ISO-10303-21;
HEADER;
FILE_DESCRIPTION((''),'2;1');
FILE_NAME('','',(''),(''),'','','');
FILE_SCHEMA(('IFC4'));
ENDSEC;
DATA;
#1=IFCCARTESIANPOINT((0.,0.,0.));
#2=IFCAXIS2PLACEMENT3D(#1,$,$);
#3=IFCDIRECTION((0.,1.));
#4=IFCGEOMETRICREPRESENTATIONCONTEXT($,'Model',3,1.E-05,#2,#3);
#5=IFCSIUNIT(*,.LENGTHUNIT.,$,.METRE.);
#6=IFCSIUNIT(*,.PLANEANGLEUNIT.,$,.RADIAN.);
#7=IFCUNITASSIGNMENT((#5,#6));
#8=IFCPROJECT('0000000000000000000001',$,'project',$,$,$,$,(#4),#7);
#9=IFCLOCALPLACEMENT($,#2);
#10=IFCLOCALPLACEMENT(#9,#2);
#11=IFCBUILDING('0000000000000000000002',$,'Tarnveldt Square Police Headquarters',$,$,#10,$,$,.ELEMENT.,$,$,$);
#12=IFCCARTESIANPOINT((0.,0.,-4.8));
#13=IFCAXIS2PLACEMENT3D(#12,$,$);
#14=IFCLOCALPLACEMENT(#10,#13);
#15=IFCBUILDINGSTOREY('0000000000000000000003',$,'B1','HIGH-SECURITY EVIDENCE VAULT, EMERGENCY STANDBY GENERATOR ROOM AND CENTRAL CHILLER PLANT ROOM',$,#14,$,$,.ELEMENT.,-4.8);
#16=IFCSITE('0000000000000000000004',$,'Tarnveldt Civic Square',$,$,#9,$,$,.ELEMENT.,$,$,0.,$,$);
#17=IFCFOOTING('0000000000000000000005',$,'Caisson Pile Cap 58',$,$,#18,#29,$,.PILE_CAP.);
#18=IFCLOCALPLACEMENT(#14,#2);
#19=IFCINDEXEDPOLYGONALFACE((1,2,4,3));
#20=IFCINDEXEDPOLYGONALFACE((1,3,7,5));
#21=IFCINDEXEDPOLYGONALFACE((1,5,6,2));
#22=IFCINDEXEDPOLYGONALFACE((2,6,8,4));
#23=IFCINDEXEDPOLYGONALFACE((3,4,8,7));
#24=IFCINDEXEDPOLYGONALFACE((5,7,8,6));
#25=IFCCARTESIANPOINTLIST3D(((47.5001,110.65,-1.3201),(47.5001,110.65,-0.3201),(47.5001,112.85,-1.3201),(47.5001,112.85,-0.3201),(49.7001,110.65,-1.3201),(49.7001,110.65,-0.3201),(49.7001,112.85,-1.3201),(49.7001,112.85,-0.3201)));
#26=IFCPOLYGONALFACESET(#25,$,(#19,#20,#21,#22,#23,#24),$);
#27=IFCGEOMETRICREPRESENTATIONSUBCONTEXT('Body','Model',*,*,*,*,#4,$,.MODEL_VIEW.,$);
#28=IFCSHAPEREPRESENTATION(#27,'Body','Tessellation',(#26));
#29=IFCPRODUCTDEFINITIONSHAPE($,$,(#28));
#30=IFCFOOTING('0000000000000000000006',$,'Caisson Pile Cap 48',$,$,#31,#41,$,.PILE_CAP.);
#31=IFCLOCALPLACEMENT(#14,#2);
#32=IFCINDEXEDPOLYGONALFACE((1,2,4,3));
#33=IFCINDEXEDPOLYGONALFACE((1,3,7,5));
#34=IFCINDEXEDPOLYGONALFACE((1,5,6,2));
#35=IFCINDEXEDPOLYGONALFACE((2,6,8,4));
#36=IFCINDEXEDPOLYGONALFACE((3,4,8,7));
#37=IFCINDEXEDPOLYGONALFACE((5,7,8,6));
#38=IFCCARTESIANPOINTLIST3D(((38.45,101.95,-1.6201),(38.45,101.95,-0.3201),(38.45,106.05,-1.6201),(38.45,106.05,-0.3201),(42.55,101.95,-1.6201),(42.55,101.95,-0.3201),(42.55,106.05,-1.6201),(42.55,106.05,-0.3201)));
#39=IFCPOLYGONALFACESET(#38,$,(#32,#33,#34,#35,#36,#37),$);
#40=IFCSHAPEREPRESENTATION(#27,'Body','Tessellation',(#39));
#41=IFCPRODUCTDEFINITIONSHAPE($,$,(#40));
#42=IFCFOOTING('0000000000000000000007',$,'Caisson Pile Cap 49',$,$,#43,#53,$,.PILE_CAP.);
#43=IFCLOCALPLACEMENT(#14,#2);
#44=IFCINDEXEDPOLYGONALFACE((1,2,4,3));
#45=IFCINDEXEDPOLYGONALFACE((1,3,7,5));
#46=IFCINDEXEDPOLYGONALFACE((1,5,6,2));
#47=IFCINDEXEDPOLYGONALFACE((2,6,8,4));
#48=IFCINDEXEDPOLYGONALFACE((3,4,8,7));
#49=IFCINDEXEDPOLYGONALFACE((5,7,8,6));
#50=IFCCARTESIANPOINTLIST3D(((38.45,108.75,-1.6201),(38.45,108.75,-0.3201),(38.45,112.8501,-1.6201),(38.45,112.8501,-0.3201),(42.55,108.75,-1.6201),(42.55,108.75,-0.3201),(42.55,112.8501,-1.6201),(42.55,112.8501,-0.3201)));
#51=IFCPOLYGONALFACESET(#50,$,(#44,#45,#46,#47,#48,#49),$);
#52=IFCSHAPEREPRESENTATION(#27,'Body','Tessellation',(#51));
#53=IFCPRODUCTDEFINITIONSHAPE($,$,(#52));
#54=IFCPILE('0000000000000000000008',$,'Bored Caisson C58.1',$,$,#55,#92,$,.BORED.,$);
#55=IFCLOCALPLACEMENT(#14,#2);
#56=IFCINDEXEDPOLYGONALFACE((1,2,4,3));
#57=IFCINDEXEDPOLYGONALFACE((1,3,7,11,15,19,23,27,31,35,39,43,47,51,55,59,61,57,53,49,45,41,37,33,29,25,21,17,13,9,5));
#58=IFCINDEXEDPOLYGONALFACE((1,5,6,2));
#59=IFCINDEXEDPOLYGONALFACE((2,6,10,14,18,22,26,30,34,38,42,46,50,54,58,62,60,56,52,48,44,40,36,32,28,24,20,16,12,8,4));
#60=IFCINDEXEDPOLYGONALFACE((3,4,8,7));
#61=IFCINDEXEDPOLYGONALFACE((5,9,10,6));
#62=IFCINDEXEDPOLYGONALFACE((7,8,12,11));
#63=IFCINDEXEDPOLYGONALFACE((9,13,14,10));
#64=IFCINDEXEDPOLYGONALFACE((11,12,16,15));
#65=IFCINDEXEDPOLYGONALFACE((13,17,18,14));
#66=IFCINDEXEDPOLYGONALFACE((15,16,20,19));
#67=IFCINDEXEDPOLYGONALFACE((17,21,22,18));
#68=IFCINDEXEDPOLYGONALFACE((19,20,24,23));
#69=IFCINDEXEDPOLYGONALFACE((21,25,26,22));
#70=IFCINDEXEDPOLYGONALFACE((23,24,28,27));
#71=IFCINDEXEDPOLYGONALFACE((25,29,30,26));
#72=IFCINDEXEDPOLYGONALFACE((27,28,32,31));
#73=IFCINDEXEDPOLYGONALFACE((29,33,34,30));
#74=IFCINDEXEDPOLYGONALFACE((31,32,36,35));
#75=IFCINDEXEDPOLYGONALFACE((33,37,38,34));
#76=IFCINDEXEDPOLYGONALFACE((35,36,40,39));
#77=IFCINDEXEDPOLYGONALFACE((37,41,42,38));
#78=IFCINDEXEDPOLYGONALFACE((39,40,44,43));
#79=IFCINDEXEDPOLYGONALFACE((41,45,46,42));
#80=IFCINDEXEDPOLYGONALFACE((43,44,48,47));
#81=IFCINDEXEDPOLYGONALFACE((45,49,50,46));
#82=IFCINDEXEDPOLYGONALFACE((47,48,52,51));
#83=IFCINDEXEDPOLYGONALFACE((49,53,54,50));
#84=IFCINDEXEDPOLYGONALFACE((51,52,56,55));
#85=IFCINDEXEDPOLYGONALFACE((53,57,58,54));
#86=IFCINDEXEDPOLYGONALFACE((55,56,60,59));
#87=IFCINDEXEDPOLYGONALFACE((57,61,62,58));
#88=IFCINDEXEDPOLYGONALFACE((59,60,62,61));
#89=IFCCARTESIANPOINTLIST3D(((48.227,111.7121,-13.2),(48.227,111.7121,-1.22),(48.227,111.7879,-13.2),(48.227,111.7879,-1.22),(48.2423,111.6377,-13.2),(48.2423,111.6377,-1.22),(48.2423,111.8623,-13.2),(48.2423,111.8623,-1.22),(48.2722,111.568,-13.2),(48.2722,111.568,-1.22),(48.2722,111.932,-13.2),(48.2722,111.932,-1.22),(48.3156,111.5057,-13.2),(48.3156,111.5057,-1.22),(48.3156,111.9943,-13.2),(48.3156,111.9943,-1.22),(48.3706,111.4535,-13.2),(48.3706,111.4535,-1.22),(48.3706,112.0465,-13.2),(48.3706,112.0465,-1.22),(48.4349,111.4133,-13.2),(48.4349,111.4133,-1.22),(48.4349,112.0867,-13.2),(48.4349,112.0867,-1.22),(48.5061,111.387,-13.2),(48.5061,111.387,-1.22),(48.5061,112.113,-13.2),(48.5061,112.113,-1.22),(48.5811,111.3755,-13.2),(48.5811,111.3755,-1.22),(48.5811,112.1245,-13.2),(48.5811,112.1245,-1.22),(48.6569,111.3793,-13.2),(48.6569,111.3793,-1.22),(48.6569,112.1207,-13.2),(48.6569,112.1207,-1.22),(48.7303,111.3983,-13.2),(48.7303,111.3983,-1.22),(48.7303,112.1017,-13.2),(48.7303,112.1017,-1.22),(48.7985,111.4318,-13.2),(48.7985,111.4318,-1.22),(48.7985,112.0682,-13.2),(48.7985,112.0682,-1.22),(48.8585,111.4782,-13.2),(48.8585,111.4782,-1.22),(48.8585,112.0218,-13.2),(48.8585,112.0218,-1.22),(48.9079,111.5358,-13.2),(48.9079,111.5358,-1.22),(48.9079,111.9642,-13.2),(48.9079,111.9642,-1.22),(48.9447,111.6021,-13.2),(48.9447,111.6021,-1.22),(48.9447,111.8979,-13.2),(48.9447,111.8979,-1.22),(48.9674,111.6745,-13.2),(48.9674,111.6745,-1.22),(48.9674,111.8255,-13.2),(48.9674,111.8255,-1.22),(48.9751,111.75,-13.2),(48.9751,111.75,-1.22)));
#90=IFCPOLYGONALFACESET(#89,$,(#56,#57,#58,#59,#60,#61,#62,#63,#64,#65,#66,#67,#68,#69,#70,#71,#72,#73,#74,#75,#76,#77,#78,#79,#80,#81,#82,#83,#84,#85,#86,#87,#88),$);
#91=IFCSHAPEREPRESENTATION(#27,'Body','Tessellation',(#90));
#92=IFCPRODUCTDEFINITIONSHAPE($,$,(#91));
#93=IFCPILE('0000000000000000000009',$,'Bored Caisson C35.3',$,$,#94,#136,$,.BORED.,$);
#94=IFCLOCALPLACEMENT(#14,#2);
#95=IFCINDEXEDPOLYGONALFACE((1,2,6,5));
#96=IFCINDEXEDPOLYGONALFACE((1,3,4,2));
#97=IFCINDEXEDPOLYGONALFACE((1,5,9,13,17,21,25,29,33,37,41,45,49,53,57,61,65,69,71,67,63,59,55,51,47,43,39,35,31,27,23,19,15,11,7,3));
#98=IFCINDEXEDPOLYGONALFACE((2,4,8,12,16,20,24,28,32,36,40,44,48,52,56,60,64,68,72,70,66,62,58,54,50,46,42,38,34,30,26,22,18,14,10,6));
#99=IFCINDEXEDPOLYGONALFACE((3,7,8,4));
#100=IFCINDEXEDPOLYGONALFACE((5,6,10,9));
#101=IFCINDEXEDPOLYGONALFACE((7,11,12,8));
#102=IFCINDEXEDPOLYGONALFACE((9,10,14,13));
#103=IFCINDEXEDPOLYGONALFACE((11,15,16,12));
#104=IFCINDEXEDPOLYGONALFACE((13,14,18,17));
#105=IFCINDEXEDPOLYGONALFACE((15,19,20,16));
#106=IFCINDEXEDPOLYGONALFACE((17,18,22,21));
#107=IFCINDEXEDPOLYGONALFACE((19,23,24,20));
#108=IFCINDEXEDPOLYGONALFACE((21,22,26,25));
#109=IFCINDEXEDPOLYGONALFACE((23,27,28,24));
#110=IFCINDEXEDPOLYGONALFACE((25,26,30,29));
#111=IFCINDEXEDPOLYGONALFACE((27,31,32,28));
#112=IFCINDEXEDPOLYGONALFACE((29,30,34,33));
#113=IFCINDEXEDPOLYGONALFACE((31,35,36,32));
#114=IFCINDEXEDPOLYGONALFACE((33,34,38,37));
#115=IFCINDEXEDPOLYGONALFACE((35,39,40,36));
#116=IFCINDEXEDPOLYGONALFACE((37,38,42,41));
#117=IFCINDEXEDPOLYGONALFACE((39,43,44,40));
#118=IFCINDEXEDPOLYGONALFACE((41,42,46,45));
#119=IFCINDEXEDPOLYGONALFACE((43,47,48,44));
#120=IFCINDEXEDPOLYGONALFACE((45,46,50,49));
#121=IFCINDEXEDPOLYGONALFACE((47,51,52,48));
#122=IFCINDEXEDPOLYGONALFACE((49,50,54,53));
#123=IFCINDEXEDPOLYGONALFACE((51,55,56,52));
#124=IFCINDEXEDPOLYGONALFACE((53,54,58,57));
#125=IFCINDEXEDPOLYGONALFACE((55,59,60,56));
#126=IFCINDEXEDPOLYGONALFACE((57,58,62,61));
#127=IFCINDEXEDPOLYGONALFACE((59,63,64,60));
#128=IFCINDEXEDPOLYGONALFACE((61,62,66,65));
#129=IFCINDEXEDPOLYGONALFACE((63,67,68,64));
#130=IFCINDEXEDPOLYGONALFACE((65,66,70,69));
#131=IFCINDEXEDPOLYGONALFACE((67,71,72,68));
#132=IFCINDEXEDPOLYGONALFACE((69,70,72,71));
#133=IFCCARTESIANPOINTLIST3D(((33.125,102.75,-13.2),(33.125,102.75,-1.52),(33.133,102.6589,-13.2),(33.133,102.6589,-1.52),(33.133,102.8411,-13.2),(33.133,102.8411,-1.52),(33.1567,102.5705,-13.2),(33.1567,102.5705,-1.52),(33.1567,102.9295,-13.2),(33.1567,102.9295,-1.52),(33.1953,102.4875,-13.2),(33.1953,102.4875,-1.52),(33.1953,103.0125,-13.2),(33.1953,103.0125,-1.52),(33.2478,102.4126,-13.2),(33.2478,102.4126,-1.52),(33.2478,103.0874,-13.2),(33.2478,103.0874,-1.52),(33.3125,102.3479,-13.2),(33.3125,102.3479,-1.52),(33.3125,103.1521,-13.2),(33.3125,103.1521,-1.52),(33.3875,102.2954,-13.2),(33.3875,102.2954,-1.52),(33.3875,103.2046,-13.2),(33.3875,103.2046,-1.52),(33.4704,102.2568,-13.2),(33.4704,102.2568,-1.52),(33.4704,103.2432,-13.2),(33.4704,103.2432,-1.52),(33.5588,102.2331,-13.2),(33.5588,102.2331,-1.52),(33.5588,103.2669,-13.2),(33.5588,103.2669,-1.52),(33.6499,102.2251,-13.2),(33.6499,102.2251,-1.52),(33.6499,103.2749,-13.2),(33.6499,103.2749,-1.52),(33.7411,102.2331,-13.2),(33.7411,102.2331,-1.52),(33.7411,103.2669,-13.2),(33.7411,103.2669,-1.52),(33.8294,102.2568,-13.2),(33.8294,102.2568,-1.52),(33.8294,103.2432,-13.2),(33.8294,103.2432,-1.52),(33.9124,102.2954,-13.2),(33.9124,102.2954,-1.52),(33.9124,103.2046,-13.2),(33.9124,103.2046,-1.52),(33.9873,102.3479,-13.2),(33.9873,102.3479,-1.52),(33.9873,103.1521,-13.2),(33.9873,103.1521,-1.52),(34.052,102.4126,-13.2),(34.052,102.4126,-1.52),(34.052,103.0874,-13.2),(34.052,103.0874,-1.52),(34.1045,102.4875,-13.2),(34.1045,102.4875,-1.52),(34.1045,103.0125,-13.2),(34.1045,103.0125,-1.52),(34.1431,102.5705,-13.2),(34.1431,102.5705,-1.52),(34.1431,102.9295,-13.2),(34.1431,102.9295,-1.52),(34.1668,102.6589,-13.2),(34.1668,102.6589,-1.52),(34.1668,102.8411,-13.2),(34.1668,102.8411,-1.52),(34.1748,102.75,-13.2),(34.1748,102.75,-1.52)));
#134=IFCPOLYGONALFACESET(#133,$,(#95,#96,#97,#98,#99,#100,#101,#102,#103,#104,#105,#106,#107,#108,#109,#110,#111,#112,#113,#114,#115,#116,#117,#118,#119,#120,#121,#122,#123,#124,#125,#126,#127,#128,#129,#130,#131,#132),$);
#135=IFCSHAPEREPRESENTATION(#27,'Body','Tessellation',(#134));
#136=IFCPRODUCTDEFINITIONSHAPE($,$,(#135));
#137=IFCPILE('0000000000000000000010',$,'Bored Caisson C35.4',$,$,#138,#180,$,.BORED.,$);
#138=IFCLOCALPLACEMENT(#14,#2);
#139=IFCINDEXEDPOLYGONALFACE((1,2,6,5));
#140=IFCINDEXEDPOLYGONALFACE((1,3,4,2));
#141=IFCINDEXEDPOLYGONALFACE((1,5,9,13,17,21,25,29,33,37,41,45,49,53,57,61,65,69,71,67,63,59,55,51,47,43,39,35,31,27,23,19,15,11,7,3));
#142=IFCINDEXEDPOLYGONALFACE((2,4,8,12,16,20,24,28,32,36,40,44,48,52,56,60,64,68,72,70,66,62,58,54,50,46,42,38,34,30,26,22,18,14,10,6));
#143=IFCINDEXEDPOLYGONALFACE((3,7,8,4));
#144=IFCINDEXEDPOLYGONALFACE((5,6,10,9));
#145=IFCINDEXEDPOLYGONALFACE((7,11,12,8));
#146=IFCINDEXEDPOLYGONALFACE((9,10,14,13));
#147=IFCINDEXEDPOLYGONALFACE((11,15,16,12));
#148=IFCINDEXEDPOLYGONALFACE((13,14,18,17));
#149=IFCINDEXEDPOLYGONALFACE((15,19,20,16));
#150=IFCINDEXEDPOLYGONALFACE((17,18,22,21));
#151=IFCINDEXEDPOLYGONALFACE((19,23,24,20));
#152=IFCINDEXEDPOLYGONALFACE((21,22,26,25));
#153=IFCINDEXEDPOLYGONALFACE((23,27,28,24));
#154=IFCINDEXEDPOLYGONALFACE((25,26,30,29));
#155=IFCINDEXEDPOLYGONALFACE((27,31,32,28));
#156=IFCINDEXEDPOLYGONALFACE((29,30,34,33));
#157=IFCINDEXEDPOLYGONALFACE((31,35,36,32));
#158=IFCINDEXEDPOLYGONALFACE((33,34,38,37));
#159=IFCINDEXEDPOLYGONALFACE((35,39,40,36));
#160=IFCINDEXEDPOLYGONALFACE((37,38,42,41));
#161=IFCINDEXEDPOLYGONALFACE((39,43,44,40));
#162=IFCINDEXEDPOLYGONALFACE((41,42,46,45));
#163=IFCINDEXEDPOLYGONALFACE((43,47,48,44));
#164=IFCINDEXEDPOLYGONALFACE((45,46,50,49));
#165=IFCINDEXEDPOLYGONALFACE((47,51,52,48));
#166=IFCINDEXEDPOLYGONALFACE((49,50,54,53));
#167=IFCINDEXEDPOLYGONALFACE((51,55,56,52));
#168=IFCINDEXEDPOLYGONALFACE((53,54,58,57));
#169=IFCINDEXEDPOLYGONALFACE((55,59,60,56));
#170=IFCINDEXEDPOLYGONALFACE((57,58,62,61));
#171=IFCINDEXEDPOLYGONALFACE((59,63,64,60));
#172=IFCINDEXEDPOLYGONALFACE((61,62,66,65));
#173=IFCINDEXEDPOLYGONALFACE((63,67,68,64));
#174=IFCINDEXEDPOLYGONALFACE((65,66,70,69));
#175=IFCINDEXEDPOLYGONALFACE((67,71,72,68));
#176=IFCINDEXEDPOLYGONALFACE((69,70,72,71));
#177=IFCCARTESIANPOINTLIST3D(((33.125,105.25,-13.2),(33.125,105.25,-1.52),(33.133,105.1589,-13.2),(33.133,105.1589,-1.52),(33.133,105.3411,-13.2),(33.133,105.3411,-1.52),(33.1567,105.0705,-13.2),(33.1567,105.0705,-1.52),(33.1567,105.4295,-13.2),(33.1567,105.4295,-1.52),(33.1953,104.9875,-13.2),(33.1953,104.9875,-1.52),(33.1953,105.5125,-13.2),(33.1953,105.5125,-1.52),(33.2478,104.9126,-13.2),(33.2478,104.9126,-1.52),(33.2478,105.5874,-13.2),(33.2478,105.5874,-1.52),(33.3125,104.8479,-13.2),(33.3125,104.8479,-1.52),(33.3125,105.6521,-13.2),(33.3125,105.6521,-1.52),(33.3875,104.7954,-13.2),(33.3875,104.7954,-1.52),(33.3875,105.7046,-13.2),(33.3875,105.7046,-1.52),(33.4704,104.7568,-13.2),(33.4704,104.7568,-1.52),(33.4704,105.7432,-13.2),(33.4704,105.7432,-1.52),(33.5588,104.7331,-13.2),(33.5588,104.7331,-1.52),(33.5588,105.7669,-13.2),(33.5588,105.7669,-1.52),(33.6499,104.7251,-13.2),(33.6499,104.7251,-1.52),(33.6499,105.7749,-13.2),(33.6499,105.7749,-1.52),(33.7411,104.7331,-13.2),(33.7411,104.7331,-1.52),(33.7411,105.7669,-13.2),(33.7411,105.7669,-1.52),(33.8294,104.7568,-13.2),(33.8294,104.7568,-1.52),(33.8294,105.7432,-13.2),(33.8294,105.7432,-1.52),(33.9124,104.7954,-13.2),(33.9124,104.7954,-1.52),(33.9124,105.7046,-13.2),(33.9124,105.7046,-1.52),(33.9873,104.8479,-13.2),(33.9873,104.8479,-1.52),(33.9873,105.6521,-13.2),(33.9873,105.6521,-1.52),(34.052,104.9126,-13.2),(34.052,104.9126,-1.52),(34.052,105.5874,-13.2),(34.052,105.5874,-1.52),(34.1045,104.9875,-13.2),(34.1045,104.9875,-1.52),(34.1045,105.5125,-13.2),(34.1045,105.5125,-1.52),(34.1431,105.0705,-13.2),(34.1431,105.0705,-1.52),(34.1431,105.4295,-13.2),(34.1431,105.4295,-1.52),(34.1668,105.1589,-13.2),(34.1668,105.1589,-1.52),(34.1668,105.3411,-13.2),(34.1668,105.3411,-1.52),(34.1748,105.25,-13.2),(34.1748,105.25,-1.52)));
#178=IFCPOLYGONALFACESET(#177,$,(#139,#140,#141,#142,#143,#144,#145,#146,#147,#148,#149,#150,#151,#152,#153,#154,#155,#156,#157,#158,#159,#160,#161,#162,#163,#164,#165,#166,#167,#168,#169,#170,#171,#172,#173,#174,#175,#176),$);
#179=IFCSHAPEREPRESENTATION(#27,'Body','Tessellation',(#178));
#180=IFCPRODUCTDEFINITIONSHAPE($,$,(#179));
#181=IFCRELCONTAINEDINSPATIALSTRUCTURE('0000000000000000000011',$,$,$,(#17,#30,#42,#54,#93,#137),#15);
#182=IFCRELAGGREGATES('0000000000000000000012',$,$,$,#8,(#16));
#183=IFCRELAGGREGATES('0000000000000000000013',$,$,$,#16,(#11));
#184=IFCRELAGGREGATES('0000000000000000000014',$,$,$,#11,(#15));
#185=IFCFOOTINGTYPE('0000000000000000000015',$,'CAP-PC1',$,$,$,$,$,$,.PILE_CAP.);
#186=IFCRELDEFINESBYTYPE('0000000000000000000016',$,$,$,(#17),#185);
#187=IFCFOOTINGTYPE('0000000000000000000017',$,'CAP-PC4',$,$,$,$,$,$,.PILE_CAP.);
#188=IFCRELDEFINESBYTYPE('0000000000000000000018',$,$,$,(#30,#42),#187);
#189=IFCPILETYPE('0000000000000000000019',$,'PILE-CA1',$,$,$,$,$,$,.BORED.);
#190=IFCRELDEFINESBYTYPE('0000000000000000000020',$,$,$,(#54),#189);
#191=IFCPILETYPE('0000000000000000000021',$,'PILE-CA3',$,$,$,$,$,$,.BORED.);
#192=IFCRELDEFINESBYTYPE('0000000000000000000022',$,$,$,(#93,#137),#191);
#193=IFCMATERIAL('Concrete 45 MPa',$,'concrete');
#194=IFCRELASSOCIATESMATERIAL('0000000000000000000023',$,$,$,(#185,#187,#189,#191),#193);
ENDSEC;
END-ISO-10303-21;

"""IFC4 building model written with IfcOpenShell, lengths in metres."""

from ifc_helpers import new_model, si_unit, direction, frame, origin, origin_2d, place, context, subcontext, project, spatial, rectangle, circle, extrude, material, material_profile, profile_set, type_object, element, save


model = new_model("IFC4")

# Units and contexts
model_context = context("Model", 3, precision=1e-05, world=origin(), true_north=direction((0.0, 1.0)))
body_context = subcontext(model_context, "Body", "Model", "MODEL_VIEW")
ifc_project = project(units=[si_unit("LENGTHUNIT", "METRE"), si_unit("PLANEANGLEUNIT", "RADIAN")], contexts=[model_context])

# Site, building, storey
site_placement = place(None, origin())
site = spatial("IfcSite", under=ifc_project, at=site_placement, Name="Tarnveldt Civic Square", CompositionType="ELEMENT", RefElevation=0.0)
building_placement = place(site_placement, origin())
building = spatial("IfcBuilding", under=site, at=building_placement, Name="Tarnveldt Square Police Headquarters", CompositionType="ELEMENT")
storey_placement = place(building_placement, frame((0.0, 0.0, -4.8)))
storey = spatial("IfcBuildingStorey", under=building, at=storey_placement, Name="B1", Description="HIGH-SECURITY EVIDENCE VAULT, EMERGENCY STANDBY GENERATOR ROOM AND CENTRAL CHILLER PLANT ROOM", CompositionType="ELEMENT", Elevation=-4.8)

# Footings
ifc_material_1 = material(Name="Concrete 45 MPa", Category="concrete")
footing_type_1 = type_object("IfcFootingType", Name="CAP-PC1", PredefinedType="PILE_CAP", material=ifc_material_1)
footing_placement = place(storey_placement, frame((48.6001, 111.75, -1.3201), z_axis=(0.0, 0.0, 1.0), x_axis=(1.0, 0.0, 0.0)))
element("IfcFooting", 1, at=footing_placement, inside=storey, type_object=footing_type_1, Name="Caisson Pile Cap 58", PredefinedType="PILE_CAP", context=body_context, shape_type="SweptSolid", body=[
    extrude(rectangle(XDim=2.2, YDim=2.2, at=origin_2d()), origin(), (0.0, 0.0, 1.0), 1.0),
])
footing_type_2 = type_object("IfcFootingType", Name="CAP-PC4", PredefinedType="PILE_CAP", material=ifc_material_1)
for number, where, z_axis, x_axis, name in (
    (2, (40.5, 104.0, -1.6201), (0.0, 0.0, 1.0), (1.0, 0.0, 0.0), "Caisson Pile Cap 48"),
    (3, (40.5, 110.8, -1.6201), (0.0, 0.0, 1.0), (1.0, 0.0, 0.0), "Caisson Pile Cap 49"),
):
    element("IfcFooting", number, at=place(storey_placement, frame(where, z_axis=z_axis, x_axis=x_axis)), inside=storey, type_object=footing_type_2, Name=name, PredefinedType="PILE_CAP", context=body_context, shape_type="SweptSolid", body=[
        extrude(rectangle(XDim=4.1001, YDim=4.1001, at=origin_2d()), origin(), (0.0, 0.0, 1.0), 1.3),
    ])

# Piles
ifc_material_profile_1 = material_profile(ifc_material_1, circle(Radius=0.375, at=origin_2d()), Name="CAISSON-D750")
ifc_profile_set_1 = profile_set([ifc_material_profile_1], Name="Concrete 45 MPa")
pile_type_1 = type_object("IfcPileType", Name="PILE-CA1", PredefinedType="BORED", material=ifc_profile_set_1)
pile_placement = place(storey_placement, frame((48.6001, 111.75, -1.22), z_axis=(0.0, 0.0, -1.0), x_axis=(1.0, 0.0, 0.0)))
element("IfcPile", 4, at=pile_placement, inside=storey, type_object=pile_type_1, Name="Bored Caisson C58.1", PredefinedType="BORED", context=body_context, shape_type="SweptSolid", body=[
    extrude(circle(Radius=0.375, at=origin_2d()), origin(), (0.0, 0.0, 1.0), 11.98),
])
ifc_material_profile_2 = material_profile(ifc_material_1, circle(Radius=0.5249, at=origin_2d()), Name="CAISSON-D1050")
ifc_profile_set_2 = profile_set([ifc_material_profile_2], Name="Concrete 45 MPa")
pile_type_2 = type_object("IfcPileType", Name="PILE-CA3", PredefinedType="BORED", material=ifc_profile_set_2)
for number, where, z_axis, x_axis, name in (
    (5, (33.6499, 102.75, -1.52), (0.0, 0.0, -1.0), (1.0, 0.0, 0.0), "Bored Caisson C35.3"),
    (6, (33.6499, 105.25, -1.52), (0.0, 0.0, -1.0), (1.0, 0.0, 0.0), "Bored Caisson C35.4"),
):
    element("IfcPile", number, at=place(storey_placement, frame(where, z_axis=z_axis, x_axis=x_axis)), inside=storey, type_object=pile_type_2, Name=name, PredefinedType="BORED", context=body_context, shape_type="SweptSolid", body=[
        extrude(circle(Radius=0.5249, at=origin_2d()), origin(), (0.0, 0.0, 1.0), 11.6799),
    ])

save(model, "model.ifc")
